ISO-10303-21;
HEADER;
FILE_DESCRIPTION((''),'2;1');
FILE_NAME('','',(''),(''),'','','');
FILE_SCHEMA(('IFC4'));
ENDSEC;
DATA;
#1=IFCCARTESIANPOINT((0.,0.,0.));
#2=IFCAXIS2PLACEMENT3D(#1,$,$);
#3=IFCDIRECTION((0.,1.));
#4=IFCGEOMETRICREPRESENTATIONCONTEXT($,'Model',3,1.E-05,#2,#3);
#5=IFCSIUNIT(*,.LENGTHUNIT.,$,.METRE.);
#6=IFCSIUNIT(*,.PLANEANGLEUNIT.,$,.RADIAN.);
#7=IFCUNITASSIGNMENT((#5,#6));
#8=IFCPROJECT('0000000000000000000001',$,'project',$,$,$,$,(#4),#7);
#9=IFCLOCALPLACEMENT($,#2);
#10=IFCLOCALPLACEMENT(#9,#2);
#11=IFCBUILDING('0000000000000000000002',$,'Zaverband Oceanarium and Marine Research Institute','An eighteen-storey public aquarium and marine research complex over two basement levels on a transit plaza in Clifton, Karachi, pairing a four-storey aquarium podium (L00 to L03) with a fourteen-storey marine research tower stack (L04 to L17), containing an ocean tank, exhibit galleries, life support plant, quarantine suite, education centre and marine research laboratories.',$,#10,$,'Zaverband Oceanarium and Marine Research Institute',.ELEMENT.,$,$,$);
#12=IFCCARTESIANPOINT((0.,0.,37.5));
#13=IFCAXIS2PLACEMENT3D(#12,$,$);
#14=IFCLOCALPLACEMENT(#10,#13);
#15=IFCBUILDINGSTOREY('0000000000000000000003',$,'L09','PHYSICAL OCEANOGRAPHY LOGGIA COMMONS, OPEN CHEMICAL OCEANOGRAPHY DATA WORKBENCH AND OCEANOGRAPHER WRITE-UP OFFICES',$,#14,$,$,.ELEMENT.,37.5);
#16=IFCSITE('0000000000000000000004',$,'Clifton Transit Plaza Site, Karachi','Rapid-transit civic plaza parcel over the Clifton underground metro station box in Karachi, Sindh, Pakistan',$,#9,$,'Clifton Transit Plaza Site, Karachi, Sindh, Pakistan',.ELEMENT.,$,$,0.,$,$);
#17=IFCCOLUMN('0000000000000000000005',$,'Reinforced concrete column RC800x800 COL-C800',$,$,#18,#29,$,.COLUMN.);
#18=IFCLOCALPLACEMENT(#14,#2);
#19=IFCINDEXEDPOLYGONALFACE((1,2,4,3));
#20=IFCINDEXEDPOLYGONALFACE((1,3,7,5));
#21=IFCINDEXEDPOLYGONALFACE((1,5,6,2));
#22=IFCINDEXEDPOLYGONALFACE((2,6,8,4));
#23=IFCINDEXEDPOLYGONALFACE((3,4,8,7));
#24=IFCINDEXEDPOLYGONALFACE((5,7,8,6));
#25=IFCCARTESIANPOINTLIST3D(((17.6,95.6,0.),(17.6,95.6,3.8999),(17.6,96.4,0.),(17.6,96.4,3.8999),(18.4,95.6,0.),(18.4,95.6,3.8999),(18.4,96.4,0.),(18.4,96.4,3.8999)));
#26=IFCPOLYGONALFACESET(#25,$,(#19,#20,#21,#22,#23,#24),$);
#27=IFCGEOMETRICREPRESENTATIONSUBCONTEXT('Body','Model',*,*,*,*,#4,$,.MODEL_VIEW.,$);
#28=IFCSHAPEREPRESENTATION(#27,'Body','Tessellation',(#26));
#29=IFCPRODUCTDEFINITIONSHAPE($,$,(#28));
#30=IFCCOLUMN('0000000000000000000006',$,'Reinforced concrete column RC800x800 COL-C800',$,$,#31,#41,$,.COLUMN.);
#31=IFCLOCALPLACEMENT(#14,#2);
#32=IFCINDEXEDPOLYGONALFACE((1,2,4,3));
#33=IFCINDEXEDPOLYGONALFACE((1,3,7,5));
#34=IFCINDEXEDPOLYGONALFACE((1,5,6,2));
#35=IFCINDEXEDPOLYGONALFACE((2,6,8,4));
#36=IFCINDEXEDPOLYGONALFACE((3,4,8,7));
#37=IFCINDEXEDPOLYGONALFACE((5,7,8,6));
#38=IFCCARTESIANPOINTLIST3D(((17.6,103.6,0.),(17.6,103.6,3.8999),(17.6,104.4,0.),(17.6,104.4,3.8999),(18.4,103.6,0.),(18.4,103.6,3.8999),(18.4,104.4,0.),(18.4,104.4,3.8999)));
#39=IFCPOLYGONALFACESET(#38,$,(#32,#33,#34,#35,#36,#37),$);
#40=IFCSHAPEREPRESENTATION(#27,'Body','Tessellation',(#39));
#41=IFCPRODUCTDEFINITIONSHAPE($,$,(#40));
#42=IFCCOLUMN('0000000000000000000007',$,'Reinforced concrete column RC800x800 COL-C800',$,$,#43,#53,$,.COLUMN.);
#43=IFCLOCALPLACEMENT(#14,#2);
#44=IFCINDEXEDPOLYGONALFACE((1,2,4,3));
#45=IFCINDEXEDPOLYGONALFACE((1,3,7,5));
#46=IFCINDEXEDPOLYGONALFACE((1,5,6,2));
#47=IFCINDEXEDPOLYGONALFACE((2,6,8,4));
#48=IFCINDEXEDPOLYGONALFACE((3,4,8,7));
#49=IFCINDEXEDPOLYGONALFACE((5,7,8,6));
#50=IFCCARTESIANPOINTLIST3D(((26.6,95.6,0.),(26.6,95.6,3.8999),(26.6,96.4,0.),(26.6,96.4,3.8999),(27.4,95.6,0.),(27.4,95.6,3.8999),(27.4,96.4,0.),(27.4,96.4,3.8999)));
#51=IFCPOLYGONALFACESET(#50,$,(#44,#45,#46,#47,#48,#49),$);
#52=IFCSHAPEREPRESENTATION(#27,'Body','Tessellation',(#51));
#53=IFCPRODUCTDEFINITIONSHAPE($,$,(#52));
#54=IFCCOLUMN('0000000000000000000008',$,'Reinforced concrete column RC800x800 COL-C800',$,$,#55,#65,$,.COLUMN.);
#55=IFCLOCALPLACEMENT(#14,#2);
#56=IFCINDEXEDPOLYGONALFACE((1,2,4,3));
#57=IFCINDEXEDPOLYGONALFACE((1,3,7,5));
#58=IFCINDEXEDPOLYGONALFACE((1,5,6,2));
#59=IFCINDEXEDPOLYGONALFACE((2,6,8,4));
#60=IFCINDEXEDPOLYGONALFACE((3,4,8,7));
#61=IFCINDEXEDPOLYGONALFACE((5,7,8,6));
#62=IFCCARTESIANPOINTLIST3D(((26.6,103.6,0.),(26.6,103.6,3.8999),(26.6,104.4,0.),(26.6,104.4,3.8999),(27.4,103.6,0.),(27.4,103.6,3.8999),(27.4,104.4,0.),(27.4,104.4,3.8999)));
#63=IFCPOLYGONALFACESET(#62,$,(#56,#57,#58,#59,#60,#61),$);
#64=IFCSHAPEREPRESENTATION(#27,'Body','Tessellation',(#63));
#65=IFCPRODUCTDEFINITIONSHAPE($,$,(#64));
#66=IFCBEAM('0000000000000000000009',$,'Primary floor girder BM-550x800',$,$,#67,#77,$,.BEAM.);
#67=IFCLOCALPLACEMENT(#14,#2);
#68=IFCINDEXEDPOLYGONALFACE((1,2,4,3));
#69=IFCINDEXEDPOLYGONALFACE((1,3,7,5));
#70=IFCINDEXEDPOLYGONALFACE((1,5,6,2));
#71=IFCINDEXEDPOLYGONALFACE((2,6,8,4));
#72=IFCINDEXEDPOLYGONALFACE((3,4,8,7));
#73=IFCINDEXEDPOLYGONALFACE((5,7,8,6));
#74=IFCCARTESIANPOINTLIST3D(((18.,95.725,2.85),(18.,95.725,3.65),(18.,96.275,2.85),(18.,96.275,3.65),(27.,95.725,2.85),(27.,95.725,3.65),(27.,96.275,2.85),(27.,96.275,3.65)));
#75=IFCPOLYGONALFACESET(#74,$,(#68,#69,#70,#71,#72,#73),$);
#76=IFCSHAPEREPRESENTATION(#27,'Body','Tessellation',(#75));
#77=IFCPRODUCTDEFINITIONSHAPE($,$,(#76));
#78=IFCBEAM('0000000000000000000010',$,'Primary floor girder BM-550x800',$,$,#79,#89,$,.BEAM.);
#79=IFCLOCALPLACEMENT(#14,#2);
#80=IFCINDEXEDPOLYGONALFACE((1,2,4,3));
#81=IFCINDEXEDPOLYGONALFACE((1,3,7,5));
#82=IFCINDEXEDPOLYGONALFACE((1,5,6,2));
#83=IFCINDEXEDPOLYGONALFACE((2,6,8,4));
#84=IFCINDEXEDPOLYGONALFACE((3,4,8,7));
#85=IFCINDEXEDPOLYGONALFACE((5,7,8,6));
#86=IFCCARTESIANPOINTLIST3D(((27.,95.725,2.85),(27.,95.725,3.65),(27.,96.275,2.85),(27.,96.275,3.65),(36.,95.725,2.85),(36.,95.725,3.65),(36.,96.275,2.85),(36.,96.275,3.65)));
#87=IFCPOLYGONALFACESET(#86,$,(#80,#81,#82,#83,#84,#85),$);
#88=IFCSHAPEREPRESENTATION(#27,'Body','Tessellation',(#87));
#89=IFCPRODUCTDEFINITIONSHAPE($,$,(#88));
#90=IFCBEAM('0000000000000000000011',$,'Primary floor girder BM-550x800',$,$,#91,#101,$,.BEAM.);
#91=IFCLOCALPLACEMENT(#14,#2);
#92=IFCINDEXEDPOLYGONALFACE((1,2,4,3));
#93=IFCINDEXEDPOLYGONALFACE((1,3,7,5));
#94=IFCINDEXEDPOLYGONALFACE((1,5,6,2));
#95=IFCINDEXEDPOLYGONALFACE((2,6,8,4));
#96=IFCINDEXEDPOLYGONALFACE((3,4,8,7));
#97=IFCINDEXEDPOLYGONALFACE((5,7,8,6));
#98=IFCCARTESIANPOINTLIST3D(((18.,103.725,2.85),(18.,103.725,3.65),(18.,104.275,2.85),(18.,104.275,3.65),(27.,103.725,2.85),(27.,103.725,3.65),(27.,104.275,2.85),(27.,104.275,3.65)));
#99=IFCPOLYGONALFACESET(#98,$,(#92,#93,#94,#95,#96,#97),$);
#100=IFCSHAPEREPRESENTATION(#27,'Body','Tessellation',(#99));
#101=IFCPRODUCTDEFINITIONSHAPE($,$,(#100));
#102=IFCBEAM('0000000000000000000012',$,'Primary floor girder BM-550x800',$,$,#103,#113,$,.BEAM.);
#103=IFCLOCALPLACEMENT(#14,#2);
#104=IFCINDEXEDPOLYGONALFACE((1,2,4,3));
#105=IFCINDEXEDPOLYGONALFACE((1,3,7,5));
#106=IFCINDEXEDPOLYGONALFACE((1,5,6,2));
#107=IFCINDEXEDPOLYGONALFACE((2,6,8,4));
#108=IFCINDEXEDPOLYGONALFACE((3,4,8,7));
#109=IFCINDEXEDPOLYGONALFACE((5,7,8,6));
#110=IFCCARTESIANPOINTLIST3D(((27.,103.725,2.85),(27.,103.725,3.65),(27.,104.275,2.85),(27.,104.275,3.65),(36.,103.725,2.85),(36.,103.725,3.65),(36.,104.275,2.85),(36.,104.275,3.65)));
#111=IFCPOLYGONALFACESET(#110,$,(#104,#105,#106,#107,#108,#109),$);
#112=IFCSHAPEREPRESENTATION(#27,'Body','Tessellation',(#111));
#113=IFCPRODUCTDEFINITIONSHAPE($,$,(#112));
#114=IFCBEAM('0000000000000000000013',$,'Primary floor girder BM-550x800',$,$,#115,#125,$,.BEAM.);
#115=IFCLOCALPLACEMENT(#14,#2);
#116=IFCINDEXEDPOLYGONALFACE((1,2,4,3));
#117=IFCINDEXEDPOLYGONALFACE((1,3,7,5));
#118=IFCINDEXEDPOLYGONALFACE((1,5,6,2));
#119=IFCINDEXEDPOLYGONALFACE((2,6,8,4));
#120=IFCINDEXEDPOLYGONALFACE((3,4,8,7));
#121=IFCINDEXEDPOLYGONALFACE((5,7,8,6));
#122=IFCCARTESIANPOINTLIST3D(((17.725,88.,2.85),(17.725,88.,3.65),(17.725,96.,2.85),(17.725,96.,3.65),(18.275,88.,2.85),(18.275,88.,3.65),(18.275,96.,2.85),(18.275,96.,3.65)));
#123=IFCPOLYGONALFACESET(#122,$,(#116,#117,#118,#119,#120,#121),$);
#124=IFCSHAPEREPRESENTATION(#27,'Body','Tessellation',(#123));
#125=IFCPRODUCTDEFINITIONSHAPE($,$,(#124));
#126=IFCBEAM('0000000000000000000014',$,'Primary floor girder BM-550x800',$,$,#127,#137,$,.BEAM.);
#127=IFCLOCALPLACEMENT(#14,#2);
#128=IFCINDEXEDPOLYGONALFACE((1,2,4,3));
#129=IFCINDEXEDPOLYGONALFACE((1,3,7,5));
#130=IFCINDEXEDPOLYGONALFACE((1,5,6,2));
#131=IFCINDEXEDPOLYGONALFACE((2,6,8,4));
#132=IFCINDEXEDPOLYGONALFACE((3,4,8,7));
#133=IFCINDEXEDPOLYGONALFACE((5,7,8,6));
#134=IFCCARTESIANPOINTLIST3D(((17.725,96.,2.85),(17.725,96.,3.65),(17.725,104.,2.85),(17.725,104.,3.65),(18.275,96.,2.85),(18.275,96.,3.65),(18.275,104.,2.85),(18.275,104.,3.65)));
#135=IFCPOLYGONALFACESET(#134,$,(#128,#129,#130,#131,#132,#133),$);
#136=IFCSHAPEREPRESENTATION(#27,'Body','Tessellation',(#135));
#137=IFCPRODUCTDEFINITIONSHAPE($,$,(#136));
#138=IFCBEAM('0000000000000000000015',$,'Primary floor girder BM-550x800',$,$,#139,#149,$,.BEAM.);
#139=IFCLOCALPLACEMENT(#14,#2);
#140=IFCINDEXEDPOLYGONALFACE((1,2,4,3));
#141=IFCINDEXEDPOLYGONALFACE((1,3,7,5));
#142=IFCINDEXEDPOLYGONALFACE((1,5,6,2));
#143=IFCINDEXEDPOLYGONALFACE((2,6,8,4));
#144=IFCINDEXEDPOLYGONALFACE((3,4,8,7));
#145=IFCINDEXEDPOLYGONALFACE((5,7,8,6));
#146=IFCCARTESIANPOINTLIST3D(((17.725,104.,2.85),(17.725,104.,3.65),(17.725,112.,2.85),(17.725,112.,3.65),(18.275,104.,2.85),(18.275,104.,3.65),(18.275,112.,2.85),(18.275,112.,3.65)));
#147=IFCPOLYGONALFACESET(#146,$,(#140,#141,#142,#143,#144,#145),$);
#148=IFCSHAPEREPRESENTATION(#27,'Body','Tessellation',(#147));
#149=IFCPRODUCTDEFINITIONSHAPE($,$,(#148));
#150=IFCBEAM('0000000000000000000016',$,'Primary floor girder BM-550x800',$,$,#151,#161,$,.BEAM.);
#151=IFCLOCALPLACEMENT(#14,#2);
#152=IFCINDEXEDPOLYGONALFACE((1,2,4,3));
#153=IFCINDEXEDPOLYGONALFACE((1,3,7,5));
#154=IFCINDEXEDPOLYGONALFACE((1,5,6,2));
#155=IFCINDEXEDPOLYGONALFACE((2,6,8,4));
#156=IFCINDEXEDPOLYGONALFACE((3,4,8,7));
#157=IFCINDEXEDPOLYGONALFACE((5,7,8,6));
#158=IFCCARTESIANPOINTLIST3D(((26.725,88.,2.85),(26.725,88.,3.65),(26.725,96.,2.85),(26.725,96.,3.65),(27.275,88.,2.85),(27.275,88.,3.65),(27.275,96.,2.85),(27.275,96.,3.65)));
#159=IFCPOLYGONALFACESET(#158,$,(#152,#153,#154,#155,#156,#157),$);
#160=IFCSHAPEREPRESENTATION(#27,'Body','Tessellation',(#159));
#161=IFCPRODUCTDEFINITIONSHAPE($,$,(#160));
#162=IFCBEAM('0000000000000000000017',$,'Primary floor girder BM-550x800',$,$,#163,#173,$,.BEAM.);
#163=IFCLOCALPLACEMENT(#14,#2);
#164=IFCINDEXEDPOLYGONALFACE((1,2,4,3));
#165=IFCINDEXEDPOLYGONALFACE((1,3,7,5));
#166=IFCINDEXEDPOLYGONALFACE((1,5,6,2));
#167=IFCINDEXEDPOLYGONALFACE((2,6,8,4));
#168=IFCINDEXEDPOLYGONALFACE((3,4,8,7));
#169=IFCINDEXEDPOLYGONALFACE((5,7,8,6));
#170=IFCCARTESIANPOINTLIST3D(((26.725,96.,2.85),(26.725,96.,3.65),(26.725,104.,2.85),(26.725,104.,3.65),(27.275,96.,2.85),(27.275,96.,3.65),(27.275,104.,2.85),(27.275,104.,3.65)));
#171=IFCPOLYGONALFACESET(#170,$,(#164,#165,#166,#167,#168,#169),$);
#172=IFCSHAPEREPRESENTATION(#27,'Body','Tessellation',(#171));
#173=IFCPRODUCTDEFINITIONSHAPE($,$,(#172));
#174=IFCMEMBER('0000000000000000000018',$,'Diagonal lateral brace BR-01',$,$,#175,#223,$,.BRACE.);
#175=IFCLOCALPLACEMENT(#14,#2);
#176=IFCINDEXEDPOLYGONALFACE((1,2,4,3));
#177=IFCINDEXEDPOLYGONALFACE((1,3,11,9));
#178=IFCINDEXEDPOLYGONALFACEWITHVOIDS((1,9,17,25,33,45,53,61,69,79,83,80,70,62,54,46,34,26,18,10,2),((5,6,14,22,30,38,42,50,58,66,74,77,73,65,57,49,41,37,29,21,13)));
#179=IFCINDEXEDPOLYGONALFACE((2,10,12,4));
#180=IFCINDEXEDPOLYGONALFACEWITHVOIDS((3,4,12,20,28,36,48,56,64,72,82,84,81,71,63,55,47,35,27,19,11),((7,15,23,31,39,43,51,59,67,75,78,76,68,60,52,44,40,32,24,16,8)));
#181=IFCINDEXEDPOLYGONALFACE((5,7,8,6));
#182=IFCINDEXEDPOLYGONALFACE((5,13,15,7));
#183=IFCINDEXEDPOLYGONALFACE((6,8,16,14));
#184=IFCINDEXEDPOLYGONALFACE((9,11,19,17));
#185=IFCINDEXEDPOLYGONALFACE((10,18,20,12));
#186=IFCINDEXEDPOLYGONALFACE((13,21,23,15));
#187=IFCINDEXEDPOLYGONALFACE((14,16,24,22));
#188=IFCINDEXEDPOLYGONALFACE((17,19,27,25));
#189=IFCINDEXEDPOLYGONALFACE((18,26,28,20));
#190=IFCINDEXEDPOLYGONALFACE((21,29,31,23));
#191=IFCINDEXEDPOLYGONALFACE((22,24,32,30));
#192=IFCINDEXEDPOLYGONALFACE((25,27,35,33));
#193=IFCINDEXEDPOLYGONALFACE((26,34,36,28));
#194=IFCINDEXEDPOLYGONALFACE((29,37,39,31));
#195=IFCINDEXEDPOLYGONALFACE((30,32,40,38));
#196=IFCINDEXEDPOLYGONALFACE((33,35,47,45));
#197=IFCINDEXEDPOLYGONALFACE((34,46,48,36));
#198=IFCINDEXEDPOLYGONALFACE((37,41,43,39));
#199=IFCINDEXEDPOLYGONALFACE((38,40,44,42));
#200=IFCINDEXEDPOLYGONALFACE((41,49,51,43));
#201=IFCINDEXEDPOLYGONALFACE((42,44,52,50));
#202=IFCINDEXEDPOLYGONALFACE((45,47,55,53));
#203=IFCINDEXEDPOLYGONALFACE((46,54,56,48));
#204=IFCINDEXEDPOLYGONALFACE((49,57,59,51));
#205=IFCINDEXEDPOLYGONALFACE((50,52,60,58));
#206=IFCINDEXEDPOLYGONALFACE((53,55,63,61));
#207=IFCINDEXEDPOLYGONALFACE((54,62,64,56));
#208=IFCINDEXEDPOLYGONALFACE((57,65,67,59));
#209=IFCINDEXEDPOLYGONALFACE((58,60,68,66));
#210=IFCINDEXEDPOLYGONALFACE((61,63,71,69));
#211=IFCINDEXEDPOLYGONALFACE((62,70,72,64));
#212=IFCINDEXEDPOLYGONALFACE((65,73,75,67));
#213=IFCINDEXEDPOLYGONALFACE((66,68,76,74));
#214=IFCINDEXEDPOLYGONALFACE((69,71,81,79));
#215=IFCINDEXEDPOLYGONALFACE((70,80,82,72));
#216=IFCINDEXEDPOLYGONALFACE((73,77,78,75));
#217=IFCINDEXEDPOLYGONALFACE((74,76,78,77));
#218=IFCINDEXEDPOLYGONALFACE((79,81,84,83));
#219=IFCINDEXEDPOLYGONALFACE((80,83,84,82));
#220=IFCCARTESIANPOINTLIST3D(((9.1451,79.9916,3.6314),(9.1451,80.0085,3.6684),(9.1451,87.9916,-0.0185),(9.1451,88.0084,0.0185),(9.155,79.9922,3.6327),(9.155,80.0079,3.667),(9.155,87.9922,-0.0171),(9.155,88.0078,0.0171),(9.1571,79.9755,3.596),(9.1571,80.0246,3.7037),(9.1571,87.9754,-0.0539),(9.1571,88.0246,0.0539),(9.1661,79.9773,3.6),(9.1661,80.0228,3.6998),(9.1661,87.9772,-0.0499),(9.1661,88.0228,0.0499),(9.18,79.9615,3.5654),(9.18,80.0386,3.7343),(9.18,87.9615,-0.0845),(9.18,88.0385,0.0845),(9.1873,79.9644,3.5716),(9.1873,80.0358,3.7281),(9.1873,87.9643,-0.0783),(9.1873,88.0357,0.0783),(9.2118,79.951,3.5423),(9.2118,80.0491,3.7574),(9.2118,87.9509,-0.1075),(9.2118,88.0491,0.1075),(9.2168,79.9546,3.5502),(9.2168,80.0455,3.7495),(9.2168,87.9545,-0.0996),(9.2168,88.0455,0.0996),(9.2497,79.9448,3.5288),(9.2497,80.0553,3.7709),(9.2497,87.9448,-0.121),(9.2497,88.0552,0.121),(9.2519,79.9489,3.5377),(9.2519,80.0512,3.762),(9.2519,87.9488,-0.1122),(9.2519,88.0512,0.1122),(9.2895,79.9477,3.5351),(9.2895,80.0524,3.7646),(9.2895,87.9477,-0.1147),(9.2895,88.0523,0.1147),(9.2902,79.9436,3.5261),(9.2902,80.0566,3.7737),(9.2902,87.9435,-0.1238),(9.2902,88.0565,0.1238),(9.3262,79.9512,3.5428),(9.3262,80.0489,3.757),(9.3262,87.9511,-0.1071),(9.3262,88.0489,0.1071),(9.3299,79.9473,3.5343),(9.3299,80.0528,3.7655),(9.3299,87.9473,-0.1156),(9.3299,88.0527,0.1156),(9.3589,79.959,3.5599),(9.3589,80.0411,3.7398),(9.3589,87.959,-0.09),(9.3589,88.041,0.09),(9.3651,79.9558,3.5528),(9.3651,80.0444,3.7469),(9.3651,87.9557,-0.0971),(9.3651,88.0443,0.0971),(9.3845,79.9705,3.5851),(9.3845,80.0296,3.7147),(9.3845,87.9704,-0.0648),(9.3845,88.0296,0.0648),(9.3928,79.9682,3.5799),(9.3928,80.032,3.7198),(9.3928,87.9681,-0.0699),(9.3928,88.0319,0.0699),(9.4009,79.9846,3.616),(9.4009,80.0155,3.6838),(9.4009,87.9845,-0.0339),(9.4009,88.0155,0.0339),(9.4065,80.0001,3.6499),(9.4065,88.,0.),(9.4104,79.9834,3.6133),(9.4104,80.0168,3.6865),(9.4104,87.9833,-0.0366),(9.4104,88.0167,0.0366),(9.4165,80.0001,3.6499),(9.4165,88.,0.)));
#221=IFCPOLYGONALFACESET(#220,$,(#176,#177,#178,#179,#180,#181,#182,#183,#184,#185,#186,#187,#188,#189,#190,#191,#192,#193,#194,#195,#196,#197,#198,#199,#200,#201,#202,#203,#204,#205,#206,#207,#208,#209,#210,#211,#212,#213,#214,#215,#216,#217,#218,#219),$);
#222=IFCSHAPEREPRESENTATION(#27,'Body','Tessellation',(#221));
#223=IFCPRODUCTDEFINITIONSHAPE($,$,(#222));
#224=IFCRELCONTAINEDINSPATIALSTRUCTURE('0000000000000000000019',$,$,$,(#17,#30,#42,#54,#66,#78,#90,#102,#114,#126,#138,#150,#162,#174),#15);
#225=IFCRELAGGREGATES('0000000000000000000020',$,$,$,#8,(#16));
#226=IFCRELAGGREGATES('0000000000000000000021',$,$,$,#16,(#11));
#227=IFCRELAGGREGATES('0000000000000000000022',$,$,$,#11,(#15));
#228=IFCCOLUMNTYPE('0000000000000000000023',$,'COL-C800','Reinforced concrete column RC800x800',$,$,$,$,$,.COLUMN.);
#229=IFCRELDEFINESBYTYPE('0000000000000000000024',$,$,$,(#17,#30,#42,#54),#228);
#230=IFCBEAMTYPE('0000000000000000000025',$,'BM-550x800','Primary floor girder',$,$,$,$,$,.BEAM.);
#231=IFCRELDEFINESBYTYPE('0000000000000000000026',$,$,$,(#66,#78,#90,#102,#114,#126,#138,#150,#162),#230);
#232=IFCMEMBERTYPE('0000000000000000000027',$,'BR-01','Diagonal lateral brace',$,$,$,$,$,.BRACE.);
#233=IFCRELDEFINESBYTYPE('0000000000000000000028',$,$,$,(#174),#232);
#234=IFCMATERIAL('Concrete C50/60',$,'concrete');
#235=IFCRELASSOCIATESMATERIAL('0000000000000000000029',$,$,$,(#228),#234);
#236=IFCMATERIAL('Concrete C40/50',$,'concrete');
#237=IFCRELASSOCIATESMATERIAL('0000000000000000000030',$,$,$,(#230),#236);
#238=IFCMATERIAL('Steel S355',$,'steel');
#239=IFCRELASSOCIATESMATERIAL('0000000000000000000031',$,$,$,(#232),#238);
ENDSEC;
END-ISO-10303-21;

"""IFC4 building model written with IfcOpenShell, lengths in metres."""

from ifc_helpers import new_model, si_unit, direction, frame, origin, origin_2d, place, context, subcontext, project, spatial, rectangle, hollow_circle, extrude, material, material_profile, profile_set, type_object, element, save


model = new_model("IFC4")

# Units and contexts
model_context = context("Model", 3, precision=1e-05, world=origin(), true_north=direction((0.0, 1.0)))
body_context = subcontext(model_context, "Body", "Model", "MODEL_VIEW")
ifc_project = project(units=[si_unit("LENGTHUNIT", "METRE"), si_unit("PLANEANGLEUNIT", "RADIAN")], contexts=[model_context])

# Site, building, storey
site_placement = place(None, origin())
site = spatial("IfcSite", under=ifc_project, at=site_placement, Name="Clifton Transit Plaza Site, Karachi", Description="Rapid-transit civic plaza parcel over the Clifton underground metro station box in Karachi, Sindh, Pakistan", LongName="Clifton Transit Plaza Site, Karachi, Sindh, Pakistan", CompositionType="ELEMENT", RefElevation=0.0)
building_placement = place(site_placement, origin())
building = spatial("IfcBuilding", under=site, at=building_placement, Name="Zaverband Oceanarium and Marine Research Institute", Description="An eighteen-storey public aquarium and marine research complex over two basement levels on a transit plaza in Clifton, Karachi, pairing a four-storey aquarium podium (L00 to L03) with a fourteen-storey marine research tower stack (L04 to L17), containing an ocean tank, exhibit galleries, life support plant, quarantine suite, education centre and marine research laboratories.", LongName="Zaverband Oceanarium and Marine Research Institute", CompositionType="ELEMENT")
storey_placement = place(building_placement, frame((0.0, 0.0, 37.5)))
storey = spatial("IfcBuildingStorey", under=building, at=storey_placement, Name="L09", Description="PHYSICAL OCEANOGRAPHY LOGGIA COMMONS, OPEN CHEMICAL OCEANOGRAPHY DATA WORKBENCH AND OCEANOGRAPHER WRITE-UP OFFICES", CompositionType="ELEMENT", Elevation=37.5)

# Columns
ifc_material_1 = material(Name="Concrete C50/60", Category="concrete")
ifc_material_profile_1 = material_profile(ifc_material_1, rectangle(XDim=0.8, YDim=0.8, at=origin_2d()), Name="RC800x800")
ifc_profile_set_1 = profile_set([ifc_material_profile_1], Name="Concrete C50/60")
column_type = type_object("IfcColumnType", Name="COL-C800", Description="Reinforced concrete column RC800x800", PredefinedType="COLUMN", material=ifc_profile_set_1)
for number, where, z_axis, x_axis, name in (
    (1, (18.0, 96.0, 0.0), (0.0, 0.0, 1.0), (1.0, 0.0, 0.0), "Reinforced concrete column RC800x800 COL-C800"),
    (2, (18.0, 104.0, 0.0), (0.0, 0.0, 1.0), (1.0, 0.0, 0.0), "Reinforced concrete column RC800x800 COL-C800"),
    (3, (27.0, 96.0, 0.0), (0.0, 0.0, 1.0), (1.0, 0.0, 0.0), "Reinforced concrete column RC800x800 COL-C800"),
    (4, (27.0, 104.0, 0.0), (0.0, 0.0, 1.0), (1.0, 0.0, 0.0), "Reinforced concrete column RC800x800 COL-C800"),
):
    element("IfcColumn", number, at=place(storey_placement, frame(where, z_axis=z_axis, x_axis=x_axis)), inside=storey, type_object=column_type, Name=name, PredefinedType="COLUMN", context=body_context, shape_type="SweptSolid", body=[
        extrude(rectangle(XDim=0.8, YDim=0.8, at=origin_2d()), origin(), (0.0, 0.0, 1.0), 3.8999),
    ])

# Beams
ifc_material_2 = material(Name="Concrete C40/50", Category="concrete")
ifc_material_profile_2 = material_profile(ifc_material_2, rectangle(XDim=0.55, YDim=0.8, at=origin_2d()), Name="RC550x800")
ifc_profile_set_2 = profile_set([ifc_material_profile_2], Name="Concrete C40/50")
beam_type_1 = type_object("IfcBeamType", Name="BM-550x800", Description="Primary floor girder", PredefinedType="BEAM", material=ifc_profile_set_2)
for number, where, z_axis, x_axis, name in (
    (5, (18.0, 96.0, 3.25), (1.0, 0.0, 0.0), (0.0, 1.0, 0.0), "Primary floor girder BM-550x800"),
    (6, (27.0, 96.0, 3.25), (1.0, 0.0, 0.0), (0.0, 1.0, 0.0), "Primary floor girder BM-550x800"),
    (7, (18.0, 104.0, 3.25), (1.0, 0.0, 0.0), (0.0, 1.0, 0.0), "Primary floor girder BM-550x800"),
    (8, (27.0, 104.0, 3.25), (1.0, 0.0, 0.0), (0.0, 1.0, 0.0), "Primary floor girder BM-550x800"),
):
    element("IfcBeam", number, at=place(storey_placement, frame(where, z_axis=z_axis, x_axis=x_axis)), inside=storey, type_object=beam_type_1, Name=name, PredefinedType="BEAM", context=body_context, shape_type="SweptSolid", body=[
        extrude(rectangle(XDim=0.55, YDim=0.8, at=origin_2d()), origin(), (0.0, 0.0, 1.0), 9.0),
    ])
for number, where, z_axis, x_axis, name in (
    (9, (18.0, 88.0, 3.25), (0.0, 1.0, 0.0), (-1.0, 0.0, 0.0), "Primary floor girder BM-550x800"),
    (10, (18.0, 96.0, 3.25), (0.0, 1.0, 0.0), (-1.0, 0.0, 0.0), "Primary floor girder BM-550x800"),
    (11, (18.0, 104.0, 3.25), (0.0, 1.0, 0.0), (-1.0, 0.0, 0.0), "Primary floor girder BM-550x800"),
    (12, (27.0, 88.0, 3.25), (0.0, 1.0, 0.0), (-1.0, 0.0, 0.0), "Primary floor girder BM-550x800"),
    (13, (27.0, 96.0, 3.25), (0.0, 1.0, 0.0), (-1.0, 0.0, 0.0), "Primary floor girder BM-550x800"),
):
    element("IfcBeam", number, at=place(storey_placement, frame(where, z_axis=z_axis, x_axis=x_axis)), inside=storey, type_object=beam_type_1, Name=name, PredefinedType="BEAM", context=body_context, shape_type="SweptSolid", body=[
        extrude(rectangle(XDim=0.55, YDim=0.8, at=origin_2d()), origin(), (0.0, 0.0, 1.0), 8.0),
    ])

# Member
ifc_material_3 = material(Name="Steel S355", Category="steel")
ifc_material_profile_3 = material_profile(ifc_material_3, hollow_circle(Radius=0.1365, WallThickness=0.01, at=origin_2d()), Name="CHS273x10")
ifc_profile_set_3 = profile_set([ifc_material_profile_3], Name="Steel S355")
member_type = type_object("IfcMemberType", Name="BR-01", Description="Diagonal lateral brace", PredefinedType="BRACE", material=ifc_profile_set_3)
member_placement = place(storey_placement, frame((9.28, 88.0, 0.0), z_axis=(0.0, -0.909786, 0.415079), x_axis=(1.0, 0.0, 0.0)))
element("IfcMember", 14, at=member_placement, inside=storey, type_object=member_type, Name="Diagonal lateral brace BR-01", PredefinedType="BRACE", context=body_context, shape_type="SweptSolid", body=[
    extrude(hollow_circle(Radius=0.1365, WallThickness=0.01, at=origin_2d()), origin(), (0.0, 0.0, 1.0), 8.7932),
])

save(model, "model.ifc")
